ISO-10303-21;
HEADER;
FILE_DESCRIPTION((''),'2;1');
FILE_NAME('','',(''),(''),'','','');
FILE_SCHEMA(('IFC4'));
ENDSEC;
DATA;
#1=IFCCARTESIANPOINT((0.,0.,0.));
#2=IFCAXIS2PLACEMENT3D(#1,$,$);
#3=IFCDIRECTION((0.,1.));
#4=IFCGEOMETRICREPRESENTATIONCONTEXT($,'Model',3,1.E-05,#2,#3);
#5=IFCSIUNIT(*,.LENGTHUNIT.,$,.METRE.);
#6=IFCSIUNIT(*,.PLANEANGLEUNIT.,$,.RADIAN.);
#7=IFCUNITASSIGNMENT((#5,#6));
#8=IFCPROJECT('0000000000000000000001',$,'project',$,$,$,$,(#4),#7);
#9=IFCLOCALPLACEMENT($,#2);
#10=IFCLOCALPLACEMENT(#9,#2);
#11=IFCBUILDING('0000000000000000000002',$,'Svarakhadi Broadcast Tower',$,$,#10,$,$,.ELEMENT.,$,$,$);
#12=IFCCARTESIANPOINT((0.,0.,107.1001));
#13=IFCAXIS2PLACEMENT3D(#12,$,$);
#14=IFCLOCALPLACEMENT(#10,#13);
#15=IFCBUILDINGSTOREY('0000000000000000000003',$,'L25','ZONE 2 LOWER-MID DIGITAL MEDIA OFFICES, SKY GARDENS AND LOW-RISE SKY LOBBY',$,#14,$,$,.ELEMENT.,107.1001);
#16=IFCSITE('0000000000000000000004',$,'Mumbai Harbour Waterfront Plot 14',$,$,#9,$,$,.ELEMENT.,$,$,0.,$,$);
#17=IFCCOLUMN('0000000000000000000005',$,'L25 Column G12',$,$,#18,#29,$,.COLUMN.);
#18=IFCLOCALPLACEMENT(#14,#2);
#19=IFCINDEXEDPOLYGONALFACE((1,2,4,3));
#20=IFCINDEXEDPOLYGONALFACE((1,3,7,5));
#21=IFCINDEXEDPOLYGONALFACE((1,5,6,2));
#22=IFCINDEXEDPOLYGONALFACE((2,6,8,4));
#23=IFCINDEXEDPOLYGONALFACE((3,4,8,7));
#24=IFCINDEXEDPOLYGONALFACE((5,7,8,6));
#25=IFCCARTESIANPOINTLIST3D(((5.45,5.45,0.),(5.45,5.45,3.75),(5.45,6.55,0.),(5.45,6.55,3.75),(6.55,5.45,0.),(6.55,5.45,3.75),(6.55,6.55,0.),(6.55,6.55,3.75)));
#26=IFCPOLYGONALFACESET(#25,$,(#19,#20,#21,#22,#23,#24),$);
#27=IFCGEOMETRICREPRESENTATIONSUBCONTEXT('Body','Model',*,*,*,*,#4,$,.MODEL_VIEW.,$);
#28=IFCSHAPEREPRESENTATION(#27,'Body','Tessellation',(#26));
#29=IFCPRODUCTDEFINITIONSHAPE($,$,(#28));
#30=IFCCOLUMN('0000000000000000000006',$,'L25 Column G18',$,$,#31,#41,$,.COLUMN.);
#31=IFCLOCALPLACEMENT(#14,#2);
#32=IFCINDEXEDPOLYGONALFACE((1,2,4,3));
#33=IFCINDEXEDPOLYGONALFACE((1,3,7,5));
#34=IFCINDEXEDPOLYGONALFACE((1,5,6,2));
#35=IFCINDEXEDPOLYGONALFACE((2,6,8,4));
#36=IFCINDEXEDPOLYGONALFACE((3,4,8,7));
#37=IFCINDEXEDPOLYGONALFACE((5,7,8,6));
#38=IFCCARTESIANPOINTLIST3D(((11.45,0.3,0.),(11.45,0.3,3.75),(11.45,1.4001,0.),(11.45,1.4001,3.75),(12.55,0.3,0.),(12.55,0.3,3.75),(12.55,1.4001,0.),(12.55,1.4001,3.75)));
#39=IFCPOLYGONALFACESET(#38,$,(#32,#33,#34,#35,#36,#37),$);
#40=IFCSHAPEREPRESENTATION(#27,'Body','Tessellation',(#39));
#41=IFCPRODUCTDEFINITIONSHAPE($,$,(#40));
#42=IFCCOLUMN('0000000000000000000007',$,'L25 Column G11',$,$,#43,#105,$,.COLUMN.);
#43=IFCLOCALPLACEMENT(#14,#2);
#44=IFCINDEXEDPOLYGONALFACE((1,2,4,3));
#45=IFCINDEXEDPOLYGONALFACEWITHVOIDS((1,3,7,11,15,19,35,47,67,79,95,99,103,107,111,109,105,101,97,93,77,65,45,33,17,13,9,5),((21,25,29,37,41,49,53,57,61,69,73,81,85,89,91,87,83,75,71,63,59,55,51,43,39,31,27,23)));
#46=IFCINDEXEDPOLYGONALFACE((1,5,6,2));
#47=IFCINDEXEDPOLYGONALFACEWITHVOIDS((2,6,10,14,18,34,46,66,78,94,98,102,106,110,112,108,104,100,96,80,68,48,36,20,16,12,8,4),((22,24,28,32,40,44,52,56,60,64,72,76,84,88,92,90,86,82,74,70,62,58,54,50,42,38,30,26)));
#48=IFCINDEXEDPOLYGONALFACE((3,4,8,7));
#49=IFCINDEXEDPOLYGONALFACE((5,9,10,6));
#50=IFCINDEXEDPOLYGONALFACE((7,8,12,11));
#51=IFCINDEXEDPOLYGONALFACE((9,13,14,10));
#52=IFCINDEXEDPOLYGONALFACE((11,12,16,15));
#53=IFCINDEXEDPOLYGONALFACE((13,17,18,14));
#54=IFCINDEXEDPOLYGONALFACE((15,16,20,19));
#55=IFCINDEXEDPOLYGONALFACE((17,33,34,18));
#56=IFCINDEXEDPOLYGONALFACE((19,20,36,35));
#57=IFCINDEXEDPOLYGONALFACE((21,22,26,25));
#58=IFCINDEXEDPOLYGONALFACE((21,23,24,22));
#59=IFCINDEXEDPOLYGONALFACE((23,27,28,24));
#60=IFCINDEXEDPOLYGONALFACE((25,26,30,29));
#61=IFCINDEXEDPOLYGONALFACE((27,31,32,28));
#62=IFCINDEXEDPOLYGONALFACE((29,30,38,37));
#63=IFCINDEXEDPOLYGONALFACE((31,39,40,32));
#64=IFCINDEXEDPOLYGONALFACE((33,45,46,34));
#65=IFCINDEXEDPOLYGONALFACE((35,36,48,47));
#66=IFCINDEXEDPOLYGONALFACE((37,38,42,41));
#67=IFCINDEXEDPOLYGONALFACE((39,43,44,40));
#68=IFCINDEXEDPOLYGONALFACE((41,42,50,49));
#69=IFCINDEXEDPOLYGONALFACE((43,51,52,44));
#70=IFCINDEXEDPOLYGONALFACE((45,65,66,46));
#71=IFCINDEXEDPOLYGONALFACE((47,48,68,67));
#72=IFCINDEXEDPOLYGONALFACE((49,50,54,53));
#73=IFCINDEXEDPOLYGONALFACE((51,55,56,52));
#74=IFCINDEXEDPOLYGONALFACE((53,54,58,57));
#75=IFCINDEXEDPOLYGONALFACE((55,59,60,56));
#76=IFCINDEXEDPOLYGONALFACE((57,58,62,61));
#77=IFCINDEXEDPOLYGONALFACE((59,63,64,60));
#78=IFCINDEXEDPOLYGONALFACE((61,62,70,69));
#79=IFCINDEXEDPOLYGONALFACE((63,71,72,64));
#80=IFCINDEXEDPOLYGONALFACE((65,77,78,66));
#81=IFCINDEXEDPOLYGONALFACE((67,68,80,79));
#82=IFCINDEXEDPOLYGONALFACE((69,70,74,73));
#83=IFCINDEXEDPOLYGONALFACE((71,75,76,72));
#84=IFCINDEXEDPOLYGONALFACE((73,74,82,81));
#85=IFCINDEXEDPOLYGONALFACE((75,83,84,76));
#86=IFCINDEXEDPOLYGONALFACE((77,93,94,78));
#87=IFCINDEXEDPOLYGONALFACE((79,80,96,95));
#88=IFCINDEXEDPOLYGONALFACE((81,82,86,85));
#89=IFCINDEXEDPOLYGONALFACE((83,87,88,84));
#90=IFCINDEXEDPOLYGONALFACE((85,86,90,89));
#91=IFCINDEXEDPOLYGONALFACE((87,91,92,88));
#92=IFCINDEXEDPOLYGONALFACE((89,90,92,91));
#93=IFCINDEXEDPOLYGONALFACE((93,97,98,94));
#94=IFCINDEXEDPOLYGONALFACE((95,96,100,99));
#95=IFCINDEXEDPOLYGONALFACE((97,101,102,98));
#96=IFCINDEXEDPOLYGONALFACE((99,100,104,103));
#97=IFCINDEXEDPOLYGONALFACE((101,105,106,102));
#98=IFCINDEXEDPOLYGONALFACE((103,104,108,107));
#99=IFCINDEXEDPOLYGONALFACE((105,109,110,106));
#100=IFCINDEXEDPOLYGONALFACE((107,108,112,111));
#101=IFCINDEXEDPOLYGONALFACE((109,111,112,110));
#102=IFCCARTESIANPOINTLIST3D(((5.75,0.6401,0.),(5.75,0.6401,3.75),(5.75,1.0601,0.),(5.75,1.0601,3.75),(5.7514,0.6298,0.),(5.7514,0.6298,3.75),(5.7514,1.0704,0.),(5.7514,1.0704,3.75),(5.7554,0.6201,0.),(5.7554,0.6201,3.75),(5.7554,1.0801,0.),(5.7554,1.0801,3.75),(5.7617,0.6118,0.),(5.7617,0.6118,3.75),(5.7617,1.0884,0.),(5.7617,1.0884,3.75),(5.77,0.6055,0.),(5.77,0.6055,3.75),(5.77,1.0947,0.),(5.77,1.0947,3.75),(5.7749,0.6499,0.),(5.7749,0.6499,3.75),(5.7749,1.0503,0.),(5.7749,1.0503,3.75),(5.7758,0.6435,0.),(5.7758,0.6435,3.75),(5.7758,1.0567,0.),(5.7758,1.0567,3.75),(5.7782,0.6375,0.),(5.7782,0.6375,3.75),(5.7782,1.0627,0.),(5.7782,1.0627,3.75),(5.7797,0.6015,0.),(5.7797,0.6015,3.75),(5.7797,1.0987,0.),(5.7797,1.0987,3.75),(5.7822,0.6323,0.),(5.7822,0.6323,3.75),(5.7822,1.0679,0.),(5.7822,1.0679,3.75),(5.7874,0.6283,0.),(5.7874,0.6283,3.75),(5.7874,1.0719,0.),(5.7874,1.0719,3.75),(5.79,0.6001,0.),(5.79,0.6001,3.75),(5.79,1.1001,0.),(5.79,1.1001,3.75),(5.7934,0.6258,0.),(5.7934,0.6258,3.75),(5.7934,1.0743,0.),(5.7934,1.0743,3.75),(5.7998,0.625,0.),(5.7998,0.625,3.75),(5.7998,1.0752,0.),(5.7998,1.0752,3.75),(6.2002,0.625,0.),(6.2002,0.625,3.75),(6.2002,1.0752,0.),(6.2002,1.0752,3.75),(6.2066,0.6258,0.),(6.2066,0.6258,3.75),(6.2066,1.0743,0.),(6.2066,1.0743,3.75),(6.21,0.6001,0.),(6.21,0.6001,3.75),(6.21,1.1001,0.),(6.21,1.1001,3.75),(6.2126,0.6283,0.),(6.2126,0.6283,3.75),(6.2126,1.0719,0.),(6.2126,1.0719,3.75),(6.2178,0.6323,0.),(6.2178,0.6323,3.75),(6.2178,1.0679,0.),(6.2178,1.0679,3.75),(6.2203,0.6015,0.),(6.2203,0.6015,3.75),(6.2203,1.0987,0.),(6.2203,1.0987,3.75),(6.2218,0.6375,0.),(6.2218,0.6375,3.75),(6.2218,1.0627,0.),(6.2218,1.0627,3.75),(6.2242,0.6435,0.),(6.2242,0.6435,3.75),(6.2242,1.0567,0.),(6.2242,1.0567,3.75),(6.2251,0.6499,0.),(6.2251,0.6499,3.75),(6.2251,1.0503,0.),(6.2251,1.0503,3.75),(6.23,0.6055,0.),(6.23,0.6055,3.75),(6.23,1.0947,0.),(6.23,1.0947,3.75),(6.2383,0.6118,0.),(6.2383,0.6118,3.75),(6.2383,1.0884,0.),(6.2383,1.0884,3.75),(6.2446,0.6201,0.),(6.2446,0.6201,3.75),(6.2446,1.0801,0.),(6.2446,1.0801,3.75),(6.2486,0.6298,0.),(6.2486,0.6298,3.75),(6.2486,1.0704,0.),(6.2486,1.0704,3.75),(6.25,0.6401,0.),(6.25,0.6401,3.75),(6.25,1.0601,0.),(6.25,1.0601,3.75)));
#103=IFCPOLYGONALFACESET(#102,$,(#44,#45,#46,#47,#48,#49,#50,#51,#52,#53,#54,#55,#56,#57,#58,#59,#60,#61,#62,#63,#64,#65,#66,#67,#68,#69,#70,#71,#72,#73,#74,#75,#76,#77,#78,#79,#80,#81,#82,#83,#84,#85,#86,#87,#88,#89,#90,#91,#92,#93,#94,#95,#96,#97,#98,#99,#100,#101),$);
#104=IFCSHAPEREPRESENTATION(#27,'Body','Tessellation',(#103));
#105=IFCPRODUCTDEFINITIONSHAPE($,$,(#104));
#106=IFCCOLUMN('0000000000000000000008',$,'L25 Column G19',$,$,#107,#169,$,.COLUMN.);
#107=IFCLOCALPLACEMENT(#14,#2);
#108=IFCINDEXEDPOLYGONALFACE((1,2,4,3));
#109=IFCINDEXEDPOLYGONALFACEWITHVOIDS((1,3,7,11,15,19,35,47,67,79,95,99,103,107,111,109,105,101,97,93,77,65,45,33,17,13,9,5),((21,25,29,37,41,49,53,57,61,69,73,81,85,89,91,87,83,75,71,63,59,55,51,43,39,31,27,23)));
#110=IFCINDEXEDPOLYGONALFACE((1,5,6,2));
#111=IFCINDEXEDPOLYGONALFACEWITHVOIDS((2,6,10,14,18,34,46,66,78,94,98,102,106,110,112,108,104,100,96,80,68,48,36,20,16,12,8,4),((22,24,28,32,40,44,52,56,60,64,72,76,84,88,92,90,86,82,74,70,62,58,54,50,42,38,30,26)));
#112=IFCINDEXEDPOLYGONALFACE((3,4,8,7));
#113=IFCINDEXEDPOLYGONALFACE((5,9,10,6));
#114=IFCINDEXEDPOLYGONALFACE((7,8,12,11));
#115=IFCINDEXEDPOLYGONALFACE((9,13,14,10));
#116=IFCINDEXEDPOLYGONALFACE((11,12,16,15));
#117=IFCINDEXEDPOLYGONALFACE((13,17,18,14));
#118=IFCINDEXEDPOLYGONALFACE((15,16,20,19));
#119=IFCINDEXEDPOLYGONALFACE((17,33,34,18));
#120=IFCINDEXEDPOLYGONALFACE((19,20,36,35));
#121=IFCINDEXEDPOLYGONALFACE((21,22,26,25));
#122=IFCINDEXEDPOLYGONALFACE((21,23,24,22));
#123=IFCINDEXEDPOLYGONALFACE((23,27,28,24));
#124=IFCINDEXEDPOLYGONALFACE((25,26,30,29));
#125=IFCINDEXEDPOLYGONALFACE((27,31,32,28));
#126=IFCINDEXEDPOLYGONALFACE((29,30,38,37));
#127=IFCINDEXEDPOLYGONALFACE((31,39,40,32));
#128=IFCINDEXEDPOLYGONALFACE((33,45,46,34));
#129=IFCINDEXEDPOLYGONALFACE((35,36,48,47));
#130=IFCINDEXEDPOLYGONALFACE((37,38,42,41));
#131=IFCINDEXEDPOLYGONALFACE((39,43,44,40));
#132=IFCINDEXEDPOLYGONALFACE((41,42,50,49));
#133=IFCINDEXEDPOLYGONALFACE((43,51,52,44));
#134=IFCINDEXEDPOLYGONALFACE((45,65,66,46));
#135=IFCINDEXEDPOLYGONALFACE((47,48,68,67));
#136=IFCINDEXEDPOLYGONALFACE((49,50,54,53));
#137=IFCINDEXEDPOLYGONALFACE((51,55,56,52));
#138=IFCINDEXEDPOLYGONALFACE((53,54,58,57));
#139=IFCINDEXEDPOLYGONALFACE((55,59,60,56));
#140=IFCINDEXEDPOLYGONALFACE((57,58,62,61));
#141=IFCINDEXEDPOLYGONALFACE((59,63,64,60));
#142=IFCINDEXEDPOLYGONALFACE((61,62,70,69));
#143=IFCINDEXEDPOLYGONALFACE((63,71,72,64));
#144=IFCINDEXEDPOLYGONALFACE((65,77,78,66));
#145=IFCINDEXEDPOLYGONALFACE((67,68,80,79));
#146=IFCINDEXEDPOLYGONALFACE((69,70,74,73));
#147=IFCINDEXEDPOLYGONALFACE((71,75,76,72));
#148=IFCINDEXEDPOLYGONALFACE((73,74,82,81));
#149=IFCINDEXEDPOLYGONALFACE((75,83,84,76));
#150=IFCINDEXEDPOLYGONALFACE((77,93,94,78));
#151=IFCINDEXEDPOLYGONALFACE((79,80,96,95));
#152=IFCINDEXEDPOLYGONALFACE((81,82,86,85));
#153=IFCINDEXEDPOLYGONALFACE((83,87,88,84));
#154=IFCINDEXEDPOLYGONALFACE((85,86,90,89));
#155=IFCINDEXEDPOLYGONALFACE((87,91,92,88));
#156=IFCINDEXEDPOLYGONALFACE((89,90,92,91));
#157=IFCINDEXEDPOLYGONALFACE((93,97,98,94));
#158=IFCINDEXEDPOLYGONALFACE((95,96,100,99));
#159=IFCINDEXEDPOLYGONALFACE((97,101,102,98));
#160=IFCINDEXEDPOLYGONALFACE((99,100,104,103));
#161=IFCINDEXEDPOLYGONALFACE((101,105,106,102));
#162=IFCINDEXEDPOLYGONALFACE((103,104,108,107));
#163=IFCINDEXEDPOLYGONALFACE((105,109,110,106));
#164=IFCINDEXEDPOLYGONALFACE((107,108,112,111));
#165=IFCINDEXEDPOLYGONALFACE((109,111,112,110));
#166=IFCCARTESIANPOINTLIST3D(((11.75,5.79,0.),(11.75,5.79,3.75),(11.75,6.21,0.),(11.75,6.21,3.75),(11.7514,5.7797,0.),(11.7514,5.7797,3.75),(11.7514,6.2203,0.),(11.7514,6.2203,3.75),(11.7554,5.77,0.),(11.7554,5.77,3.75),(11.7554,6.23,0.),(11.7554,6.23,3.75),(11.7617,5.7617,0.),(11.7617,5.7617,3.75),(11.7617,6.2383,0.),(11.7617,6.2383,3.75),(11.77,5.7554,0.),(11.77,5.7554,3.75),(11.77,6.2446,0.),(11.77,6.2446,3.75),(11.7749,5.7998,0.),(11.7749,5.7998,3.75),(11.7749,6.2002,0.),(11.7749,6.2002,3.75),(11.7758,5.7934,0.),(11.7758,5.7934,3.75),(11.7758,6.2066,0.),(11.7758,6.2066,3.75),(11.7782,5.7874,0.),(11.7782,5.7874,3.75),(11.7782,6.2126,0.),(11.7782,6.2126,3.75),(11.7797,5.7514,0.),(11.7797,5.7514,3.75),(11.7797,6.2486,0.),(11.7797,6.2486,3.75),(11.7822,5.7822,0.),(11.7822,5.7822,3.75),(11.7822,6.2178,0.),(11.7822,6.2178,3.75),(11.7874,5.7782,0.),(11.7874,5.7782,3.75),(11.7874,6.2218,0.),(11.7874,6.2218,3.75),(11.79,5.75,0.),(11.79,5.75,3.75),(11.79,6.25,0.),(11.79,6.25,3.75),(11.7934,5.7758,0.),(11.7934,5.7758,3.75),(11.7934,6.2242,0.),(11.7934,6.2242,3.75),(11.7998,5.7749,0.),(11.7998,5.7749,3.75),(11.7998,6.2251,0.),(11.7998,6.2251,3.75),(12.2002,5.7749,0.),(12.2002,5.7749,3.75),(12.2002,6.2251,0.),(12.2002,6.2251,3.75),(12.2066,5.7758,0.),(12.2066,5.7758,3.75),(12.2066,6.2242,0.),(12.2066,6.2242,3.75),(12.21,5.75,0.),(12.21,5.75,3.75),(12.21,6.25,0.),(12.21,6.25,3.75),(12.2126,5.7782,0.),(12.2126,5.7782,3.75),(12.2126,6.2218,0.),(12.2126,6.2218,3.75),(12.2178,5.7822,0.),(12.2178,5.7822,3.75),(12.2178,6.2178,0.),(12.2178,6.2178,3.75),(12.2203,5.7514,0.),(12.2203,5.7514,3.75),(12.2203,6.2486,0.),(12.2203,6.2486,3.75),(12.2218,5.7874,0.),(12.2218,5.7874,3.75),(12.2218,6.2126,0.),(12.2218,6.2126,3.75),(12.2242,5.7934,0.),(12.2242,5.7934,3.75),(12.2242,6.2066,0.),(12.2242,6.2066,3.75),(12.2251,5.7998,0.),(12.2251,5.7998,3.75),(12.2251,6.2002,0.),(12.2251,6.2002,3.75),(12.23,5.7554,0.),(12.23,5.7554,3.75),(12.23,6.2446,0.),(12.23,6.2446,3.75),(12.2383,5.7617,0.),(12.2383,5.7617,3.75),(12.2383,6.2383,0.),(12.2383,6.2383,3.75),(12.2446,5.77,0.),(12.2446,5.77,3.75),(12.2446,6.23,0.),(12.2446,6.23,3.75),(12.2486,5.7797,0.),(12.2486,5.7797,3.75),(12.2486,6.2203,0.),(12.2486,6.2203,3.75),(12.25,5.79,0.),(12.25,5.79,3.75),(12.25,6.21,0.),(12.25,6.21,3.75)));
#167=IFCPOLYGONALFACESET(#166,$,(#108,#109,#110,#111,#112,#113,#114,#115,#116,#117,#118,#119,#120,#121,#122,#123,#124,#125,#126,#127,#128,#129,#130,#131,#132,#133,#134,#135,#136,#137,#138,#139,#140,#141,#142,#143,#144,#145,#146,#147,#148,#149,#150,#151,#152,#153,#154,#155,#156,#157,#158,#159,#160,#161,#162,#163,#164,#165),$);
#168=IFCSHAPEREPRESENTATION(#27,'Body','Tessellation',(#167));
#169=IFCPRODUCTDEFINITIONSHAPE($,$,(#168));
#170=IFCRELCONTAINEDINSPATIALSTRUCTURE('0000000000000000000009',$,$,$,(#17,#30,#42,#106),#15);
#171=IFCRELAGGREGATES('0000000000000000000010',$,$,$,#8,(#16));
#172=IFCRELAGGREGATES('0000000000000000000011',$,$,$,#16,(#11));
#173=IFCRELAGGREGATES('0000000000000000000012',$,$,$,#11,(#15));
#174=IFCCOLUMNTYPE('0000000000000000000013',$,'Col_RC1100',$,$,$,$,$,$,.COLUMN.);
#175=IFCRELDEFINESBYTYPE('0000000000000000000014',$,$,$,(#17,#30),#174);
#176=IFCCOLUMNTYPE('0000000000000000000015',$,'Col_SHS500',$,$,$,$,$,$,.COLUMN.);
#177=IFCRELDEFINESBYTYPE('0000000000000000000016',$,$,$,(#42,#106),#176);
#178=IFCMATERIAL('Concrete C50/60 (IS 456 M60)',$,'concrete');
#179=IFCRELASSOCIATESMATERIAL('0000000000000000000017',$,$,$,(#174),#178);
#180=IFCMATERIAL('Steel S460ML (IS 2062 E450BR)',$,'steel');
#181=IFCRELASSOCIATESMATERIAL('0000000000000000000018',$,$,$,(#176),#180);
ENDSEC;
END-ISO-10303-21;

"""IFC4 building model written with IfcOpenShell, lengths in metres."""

from ifc_helpers import new_model, si_unit, direction, frame, origin, origin_2d, place, context, subcontext, project, spatial, rectangle, hollow_rectangle, extrude, material, material_profile, profile_set, type_object, element, save


model = new_model("IFC4")

# Units and contexts
model_context = context("Model", 3, precision=1e-05, world=origin(), true_north=direction((0.0, 1.0)))
body_context = subcontext(model_context, "Body", "Model", "MODEL_VIEW")
ifc_project = project(units=[si_unit("LENGTHUNIT", "METRE"), si_unit("PLANEANGLEUNIT", "RADIAN")], contexts=[model_context])

# Site, building, storey
site_placement = place(None, origin())
site = spatial("IfcSite", under=ifc_project, at=site_placement, Name="Mumbai Harbour Waterfront Plot 14", CompositionType="ELEMENT", RefElevation=0.0)
building_placement = place(site_placement, origin())
building = spatial("IfcBuilding", under=site, at=building_placement, Name="Svarakhadi Broadcast Tower", CompositionType="ELEMENT")
storey_placement = place(building_placement, frame((0.0, 0.0, 107.1001)))
storey = spatial("IfcBuildingStorey", under=building, at=storey_placement, Name="L25", Description="ZONE 2 LOWER-MID DIGITAL MEDIA OFFICES, SKY GARDENS AND LOW-RISE SKY LOBBY", CompositionType="ELEMENT", Elevation=107.1001)

# Columns
ifc_material_1 = material(Name="Concrete C50/60 (IS 456 M60)", Category="concrete")
ifc_material_profile_1 = material_profile(ifc_material_1, rectangle(XDim=1.1001, YDim=1.1001, at=origin_2d()), Name="RC 1100x1100")
ifc_profile_set_1 = profile_set([ifc_material_profile_1], Name="Concrete C50/60 (IS 456 M60)")
column_type_1 = type_object("IfcColumnType", Name="Col_RC1100", PredefinedType="COLUMN", material=ifc_profile_set_1)
for number, where, z_axis, x_axis, name in (
    (1, (6.0, 6.0, 0.0), (0.0, 0.0, 1.0), (1.0, 0.0, 0.0), "L25 Column G12"),
    (2, (12.0, 0.8501, 0.0), (0.0, 0.0, 1.0), (1.0, 0.0, 0.0), "L25 Column G18"),
):
    element("IfcColumn", number, at=place(storey_placement, frame(where, z_axis=z_axis, x_axis=x_axis)), inside=storey, type_object=column_type_1, Name=name, PredefinedType="COLUMN", context=body_context, shape_type="SweptSolid", body=[
        extrude(rectangle(XDim=1.1001, YDim=1.1001, at=origin_2d()), origin(), (0.0, 0.0, 1.0), 3.75),
    ])
ifc_material_2 = material(Name="Steel S460ML (IS 2062 E450BR)", Category="steel")
ifc_material_profile_2 = material_profile(ifc_material_2, hollow_rectangle(XDim=0.5, YDim=0.5, WallThickness=0.0249, InnerFilletRadius=0.0249, OuterFilletRadius=0.04, at=origin_2d()), Name="SHS 500x500x25")
ifc_profile_set_2 = profile_set([ifc_material_profile_2], Name="Steel S460ML (IS 2062 E450BR)")
column_type_2 = type_object("IfcColumnType", Name="Col_SHS500", PredefinedType="COLUMN", material=ifc_profile_set_2)
for number, where, z_axis, x_axis, name in (
    (3, (6.0, 0.8501, 0.0), (0.0, 0.0, 1.0), (1.0, 0.0, 0.0), "L25 Column G11"),
    (4, (12.0, 6.0, 0.0), (0.0, 0.0, 1.0), (1.0, 0.0, 0.0), "L25 Column G19"),
):
    element("IfcColumn", number, at=place(storey_placement, frame(where, z_axis=z_axis, x_axis=x_axis)), inside=storey, type_object=column_type_2, Name=name, PredefinedType="COLUMN", context=body_context, shape_type="SweptSolid", body=[
        extrude(hollow_rectangle(XDim=0.5, YDim=0.5, WallThickness=0.0249, InnerFilletRadius=0.0249, OuterFilletRadius=0.04, at=origin_2d()), origin(), (0.0, 0.0, 1.0), 3.75),
    ])

save(model, "model.ifc")
